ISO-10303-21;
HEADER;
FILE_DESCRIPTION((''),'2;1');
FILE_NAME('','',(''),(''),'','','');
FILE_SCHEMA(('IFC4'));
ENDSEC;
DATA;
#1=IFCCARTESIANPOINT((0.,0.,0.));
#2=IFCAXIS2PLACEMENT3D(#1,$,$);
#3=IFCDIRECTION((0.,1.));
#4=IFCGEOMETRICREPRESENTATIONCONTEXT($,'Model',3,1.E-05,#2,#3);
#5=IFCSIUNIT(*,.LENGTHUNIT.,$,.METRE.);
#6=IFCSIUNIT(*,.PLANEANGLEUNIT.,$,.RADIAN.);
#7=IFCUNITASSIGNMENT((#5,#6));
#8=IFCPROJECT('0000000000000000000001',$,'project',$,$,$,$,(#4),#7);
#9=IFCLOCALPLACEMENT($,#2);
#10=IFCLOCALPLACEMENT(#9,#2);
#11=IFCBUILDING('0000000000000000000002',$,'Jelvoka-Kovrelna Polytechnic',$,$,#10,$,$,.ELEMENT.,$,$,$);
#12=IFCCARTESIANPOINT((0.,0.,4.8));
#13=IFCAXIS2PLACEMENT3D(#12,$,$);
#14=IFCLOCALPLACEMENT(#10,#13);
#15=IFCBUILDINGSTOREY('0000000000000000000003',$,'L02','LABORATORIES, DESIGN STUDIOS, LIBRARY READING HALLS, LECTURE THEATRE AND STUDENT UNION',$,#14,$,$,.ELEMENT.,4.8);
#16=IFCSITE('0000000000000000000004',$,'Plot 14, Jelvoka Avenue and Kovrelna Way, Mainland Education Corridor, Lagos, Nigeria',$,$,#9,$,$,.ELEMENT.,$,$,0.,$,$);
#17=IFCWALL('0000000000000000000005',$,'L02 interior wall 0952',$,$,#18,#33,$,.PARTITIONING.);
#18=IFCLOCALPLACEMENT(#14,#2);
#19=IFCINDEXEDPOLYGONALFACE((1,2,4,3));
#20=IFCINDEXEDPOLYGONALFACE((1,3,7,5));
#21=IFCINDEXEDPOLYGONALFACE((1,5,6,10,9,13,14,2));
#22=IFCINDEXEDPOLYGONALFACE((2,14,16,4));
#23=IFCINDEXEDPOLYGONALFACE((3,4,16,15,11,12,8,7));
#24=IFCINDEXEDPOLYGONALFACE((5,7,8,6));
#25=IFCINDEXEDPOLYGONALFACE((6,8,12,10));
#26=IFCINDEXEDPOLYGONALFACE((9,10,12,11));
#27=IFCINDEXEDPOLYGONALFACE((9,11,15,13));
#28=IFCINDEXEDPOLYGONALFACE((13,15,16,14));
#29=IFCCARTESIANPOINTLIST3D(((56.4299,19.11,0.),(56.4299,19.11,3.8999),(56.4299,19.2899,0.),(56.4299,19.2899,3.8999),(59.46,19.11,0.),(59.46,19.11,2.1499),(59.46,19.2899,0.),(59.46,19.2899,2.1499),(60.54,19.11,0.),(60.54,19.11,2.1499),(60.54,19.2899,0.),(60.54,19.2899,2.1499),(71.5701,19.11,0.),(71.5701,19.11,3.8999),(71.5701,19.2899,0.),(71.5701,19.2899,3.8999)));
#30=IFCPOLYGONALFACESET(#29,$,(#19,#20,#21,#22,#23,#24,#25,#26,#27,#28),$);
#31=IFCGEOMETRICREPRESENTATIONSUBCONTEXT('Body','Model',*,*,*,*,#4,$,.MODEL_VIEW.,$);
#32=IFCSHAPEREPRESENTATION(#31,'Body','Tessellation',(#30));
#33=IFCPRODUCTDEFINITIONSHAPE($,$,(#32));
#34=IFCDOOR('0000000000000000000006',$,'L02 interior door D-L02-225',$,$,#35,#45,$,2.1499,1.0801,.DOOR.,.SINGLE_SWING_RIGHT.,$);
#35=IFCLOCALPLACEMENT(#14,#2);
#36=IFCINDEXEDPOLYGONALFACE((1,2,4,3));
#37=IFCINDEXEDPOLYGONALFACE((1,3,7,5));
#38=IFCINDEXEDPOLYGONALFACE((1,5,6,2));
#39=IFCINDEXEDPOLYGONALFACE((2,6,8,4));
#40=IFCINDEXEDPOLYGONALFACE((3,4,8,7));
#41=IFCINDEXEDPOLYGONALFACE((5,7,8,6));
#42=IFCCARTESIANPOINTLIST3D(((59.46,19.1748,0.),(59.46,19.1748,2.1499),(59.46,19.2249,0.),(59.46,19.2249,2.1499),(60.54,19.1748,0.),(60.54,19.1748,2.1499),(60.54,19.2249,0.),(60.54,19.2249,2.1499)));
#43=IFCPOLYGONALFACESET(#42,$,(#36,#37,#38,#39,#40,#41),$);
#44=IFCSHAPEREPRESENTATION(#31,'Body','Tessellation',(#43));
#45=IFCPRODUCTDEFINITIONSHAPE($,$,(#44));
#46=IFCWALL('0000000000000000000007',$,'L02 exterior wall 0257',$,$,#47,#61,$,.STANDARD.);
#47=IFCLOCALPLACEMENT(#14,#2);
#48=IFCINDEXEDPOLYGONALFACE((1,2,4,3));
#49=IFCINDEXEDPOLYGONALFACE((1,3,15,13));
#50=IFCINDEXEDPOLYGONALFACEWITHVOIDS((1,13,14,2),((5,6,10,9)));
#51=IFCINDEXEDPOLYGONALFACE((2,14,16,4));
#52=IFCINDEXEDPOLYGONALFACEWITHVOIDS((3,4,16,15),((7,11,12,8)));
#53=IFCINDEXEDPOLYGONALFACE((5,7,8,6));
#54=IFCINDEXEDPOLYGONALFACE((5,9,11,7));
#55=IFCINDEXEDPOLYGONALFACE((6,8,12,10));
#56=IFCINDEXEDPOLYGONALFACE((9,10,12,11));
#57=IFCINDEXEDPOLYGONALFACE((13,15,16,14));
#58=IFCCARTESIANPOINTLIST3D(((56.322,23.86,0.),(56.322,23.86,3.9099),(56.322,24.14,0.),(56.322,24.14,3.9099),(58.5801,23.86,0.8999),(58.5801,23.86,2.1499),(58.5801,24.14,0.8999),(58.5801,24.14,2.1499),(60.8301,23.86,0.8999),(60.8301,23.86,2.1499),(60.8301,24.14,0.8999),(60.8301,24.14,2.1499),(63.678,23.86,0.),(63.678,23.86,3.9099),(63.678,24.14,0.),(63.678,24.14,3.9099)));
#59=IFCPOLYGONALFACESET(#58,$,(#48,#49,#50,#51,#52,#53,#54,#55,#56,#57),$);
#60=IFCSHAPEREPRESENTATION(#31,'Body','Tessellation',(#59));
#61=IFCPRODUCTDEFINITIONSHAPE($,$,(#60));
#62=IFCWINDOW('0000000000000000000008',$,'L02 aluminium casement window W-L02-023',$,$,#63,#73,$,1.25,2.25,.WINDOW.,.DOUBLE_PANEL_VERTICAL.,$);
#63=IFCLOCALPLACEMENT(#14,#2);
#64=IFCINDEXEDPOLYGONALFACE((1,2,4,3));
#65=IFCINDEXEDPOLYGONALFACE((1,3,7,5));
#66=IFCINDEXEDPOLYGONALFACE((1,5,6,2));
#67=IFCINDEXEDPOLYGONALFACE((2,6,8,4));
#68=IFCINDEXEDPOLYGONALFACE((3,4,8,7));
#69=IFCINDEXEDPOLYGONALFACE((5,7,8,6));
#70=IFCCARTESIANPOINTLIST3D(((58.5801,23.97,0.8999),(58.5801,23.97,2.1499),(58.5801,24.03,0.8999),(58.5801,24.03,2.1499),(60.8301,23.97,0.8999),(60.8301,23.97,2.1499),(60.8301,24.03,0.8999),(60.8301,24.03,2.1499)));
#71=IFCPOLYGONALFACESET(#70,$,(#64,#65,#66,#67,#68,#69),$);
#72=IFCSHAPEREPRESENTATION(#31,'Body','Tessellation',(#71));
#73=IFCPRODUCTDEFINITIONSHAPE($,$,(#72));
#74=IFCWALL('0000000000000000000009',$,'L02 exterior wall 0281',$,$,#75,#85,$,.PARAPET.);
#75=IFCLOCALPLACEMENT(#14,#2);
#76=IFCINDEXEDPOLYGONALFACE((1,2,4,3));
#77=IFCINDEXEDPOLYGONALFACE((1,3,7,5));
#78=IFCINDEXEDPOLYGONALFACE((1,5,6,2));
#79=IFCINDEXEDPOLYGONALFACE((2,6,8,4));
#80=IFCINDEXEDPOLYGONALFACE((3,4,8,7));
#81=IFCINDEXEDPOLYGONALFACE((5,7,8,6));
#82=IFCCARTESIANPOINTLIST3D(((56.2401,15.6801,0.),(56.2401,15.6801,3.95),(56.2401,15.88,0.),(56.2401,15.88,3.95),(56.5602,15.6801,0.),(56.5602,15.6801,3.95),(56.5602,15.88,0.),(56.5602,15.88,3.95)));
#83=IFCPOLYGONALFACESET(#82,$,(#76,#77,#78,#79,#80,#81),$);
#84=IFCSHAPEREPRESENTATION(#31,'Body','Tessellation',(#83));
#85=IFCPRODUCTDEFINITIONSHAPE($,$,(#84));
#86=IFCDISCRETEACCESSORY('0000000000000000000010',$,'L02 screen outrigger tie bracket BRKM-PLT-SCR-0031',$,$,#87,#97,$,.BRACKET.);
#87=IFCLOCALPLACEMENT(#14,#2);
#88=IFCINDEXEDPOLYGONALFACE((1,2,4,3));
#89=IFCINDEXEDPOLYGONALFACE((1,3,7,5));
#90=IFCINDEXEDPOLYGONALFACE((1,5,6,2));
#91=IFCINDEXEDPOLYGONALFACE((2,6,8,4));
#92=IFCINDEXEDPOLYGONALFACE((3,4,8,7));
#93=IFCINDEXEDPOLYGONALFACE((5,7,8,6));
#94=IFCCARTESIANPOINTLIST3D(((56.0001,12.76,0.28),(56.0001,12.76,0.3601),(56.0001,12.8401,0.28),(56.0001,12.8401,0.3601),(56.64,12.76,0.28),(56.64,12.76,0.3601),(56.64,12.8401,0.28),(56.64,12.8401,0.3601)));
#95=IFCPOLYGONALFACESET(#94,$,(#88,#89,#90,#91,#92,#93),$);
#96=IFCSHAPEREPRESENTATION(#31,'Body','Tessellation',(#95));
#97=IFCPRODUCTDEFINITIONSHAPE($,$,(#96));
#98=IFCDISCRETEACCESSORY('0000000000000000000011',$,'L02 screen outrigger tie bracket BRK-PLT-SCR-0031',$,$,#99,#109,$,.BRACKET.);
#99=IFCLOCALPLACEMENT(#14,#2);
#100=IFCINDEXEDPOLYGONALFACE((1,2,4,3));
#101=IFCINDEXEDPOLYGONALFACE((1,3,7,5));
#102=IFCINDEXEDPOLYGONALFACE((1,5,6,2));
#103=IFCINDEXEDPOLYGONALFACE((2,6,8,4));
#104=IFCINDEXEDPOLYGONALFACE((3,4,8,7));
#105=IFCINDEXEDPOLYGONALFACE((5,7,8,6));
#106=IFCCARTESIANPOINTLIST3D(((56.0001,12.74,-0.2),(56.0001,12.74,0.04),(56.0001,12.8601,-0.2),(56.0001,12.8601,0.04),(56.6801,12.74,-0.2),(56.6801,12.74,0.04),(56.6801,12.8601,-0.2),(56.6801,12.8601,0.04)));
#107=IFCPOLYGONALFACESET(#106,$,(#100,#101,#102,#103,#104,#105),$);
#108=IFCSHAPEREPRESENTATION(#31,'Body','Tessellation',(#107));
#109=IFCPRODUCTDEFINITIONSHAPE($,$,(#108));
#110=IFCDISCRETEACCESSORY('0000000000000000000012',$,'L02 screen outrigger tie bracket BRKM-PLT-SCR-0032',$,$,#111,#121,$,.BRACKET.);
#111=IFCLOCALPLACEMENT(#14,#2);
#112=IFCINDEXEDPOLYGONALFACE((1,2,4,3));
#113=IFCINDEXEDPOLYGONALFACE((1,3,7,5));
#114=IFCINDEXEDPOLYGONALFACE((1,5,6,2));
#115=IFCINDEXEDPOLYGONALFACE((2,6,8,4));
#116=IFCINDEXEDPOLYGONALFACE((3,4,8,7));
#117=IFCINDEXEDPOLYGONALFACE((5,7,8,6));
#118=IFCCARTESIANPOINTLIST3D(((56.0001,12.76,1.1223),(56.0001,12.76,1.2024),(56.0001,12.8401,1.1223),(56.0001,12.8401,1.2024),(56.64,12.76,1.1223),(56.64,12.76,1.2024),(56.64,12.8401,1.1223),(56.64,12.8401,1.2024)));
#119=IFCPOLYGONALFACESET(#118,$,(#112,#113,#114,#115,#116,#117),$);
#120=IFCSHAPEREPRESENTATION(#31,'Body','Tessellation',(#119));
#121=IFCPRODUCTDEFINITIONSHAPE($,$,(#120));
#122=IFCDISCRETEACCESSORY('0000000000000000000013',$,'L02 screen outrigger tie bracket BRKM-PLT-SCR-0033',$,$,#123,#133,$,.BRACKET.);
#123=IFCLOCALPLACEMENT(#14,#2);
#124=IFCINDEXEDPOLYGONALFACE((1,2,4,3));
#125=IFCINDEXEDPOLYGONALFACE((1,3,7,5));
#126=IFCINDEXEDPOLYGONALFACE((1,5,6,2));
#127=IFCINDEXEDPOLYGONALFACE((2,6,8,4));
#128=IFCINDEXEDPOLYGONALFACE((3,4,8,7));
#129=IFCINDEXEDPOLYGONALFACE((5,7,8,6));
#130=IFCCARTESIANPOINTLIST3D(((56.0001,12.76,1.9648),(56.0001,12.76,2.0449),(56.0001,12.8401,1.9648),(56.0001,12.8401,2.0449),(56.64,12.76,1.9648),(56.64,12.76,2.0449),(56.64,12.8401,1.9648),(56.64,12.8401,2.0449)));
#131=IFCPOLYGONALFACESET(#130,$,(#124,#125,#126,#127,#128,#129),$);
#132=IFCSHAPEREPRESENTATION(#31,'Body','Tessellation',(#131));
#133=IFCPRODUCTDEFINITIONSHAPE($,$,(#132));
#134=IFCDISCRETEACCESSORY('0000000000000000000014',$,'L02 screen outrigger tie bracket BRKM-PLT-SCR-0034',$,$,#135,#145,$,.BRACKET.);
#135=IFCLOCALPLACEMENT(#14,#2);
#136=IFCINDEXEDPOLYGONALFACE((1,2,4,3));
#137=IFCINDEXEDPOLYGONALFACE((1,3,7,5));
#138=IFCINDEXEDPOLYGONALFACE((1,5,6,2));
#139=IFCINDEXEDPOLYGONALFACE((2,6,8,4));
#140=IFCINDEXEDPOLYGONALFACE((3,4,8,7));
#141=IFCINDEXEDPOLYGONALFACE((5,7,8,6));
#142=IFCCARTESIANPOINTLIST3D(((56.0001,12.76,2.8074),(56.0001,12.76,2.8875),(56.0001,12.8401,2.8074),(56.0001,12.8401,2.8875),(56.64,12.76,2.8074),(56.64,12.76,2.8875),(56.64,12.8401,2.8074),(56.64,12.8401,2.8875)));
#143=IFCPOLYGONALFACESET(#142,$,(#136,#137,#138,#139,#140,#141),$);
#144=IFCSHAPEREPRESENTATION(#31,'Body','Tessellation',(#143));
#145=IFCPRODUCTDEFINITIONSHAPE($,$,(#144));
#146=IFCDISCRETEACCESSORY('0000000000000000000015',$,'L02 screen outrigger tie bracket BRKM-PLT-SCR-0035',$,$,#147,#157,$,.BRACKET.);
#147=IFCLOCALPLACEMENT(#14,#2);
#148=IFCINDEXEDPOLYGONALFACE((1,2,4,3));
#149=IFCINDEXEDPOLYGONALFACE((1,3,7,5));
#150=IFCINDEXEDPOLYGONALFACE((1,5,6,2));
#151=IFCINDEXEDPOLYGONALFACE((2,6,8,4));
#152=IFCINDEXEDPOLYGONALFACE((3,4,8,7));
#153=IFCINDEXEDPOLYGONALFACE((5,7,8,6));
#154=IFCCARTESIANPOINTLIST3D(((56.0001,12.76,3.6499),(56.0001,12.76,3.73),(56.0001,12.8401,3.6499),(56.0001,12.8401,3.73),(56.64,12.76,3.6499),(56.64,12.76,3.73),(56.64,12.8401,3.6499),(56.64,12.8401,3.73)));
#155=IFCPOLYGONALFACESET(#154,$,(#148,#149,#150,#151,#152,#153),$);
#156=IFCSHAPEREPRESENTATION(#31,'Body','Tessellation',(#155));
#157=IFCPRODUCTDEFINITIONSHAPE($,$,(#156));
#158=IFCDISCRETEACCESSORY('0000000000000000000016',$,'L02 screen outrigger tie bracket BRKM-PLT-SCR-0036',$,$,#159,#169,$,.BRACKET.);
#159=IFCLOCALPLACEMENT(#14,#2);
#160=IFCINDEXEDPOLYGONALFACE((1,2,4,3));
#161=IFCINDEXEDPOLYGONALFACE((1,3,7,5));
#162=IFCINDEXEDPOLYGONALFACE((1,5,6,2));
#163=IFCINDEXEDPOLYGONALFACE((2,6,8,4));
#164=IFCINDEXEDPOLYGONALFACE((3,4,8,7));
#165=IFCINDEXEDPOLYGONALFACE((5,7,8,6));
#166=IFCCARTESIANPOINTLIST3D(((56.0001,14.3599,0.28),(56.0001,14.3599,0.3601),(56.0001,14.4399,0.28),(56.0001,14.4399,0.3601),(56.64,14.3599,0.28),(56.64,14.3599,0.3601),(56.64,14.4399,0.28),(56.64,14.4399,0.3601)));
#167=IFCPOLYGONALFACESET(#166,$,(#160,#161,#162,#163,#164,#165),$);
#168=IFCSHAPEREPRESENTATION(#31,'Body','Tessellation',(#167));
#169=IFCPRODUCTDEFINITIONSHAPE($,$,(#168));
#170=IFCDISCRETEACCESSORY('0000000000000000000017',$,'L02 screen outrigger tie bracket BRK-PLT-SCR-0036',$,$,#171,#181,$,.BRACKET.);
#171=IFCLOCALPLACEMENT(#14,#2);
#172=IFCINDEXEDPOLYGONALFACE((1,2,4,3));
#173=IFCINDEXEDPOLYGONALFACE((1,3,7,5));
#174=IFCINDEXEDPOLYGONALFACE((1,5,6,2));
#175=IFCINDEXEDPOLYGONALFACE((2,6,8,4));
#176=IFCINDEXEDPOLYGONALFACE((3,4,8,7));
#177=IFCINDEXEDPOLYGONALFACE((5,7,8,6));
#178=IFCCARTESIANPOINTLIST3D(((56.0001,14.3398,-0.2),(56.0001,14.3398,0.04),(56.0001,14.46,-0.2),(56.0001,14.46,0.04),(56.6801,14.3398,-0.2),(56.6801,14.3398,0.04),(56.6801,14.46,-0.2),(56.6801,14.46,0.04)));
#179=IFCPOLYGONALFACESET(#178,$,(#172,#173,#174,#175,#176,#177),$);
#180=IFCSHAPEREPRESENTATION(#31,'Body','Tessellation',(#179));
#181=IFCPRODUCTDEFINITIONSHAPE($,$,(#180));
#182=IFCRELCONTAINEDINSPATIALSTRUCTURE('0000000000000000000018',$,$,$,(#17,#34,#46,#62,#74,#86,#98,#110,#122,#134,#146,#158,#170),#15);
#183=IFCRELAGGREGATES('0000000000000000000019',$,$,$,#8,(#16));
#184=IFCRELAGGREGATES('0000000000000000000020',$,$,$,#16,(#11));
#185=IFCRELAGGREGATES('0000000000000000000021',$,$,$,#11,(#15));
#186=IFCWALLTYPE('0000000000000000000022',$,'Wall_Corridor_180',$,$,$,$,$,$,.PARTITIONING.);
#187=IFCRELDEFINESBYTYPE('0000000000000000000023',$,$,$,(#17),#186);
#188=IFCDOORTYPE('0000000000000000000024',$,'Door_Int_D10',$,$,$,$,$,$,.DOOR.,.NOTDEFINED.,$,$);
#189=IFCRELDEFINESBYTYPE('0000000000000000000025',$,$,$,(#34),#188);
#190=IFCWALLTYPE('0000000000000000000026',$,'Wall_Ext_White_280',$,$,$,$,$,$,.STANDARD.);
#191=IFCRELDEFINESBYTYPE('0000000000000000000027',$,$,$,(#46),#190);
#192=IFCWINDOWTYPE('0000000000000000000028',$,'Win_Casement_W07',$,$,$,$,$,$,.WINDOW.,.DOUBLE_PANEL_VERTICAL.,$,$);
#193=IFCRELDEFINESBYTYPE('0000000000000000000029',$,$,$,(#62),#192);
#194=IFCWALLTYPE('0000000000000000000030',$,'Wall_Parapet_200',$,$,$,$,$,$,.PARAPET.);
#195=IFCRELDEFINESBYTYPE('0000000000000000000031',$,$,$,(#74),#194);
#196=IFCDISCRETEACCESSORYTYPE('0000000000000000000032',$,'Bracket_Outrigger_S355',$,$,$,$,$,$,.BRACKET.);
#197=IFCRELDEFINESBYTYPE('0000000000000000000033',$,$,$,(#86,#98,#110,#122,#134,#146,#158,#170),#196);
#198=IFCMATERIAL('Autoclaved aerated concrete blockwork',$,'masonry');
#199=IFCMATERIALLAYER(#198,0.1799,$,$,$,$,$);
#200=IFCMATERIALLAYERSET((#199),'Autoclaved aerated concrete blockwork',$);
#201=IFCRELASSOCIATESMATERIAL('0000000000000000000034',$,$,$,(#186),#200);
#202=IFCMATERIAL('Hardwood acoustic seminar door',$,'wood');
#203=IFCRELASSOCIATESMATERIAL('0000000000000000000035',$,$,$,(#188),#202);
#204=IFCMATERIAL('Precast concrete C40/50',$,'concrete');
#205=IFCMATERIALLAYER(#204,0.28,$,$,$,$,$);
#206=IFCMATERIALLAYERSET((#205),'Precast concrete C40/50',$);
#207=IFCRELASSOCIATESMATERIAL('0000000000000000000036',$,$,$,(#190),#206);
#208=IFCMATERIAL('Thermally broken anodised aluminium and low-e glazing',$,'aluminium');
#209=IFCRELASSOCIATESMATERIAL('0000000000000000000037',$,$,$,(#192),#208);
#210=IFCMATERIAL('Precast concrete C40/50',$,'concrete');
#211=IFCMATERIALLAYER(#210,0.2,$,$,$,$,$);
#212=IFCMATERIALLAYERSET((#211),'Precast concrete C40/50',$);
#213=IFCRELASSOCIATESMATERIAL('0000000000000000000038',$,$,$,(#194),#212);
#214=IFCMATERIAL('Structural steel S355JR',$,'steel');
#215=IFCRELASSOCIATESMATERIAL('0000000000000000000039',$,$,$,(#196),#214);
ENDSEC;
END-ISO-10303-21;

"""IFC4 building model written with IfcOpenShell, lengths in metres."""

from ifc_helpers import new_model, si_unit, direction, frame, frame_2d, origin, origin_2d, place, context, subcontext, project, spatial, rectangle, extrude, material, layer, layer_set, type_object, element, fill, save


model = new_model("IFC4")

# Units and contexts
model_context = context("Model", 3, precision=1e-05, world=origin(), true_north=direction((0.0, 1.0)))
body_context = subcontext(model_context, "Body", "Model", "MODEL_VIEW")
ifc_project = project(units=[si_unit("LENGTHUNIT", "METRE"), si_unit("PLANEANGLEUNIT", "RADIAN")], contexts=[model_context])

# Site, building, storey
site_placement = place(None, origin())
site = spatial("IfcSite", under=ifc_project, at=site_placement, Name="Plot 14, Jelvoka Avenue and Kovrelna Way, Mainland Education Corridor, Lagos, Nigeria", CompositionType="ELEMENT", RefElevation=0.0)
building_placement = place(site_placement, origin())
building = spatial("IfcBuilding", under=site, at=building_placement, Name="Jelvoka-Kovrelna Polytechnic", CompositionType="ELEMENT")
storey_placement = place(building_placement, frame((0.0, 0.0, 4.8)))
storey = spatial("IfcBuildingStorey", under=building, at=storey_placement, Name="L02", Description="LABORATORIES, DESIGN STUDIOS, LIBRARY READING HALLS, LECTURE THEATRE AND STUDENT UNION", CompositionType="ELEMENT", Elevation=4.8)

# Wall, opening, door
ifc_material_1 = material(Name="Autoclaved aerated concrete blockwork", Category="masonry")
ifc_layer_1 = layer(ifc_material_1, 0.1799)
ifc_layer_set_1 = layer_set([ifc_layer_1], Name="Autoclaved aerated concrete blockwork")
wall_type_1 = type_object("IfcWallType", Name="Wall_Corridor_180", PredefinedType="PARTITIONING", material=ifc_layer_set_1)
wall_1_placement = place(storey_placement, frame((56.4299, 19.2, 0.0), z_axis=(0.0, 0.0, 1.0), x_axis=(1.0, 0.0, 0.0)))
wall_1 = element("IfcWall", 1, at=wall_1_placement, inside=storey, type_object=wall_type_1, Name="L02 interior wall 0952", PredefinedType="PARTITIONING", context=body_context, shape_type="SweptSolid", body=[
    extrude(rectangle(XDim=15.1401, YDim=0.1799, at=frame_2d((7.5701, 0.0))), origin(), (0.0, 0.0, 1.0), 3.8999),
])
opening_1_placement = place(wall_1_placement, frame((3.03, 0.0, 0.0)))
opening_1 = element("IfcOpeningElement", 2, at=opening_1_placement, cuts=wall_1, PredefinedType="OPENING", context=body_context, shape_type="SweptSolid", body=[
    extrude(rectangle(XDim=1.0801, YDim=2.1499, at=frame_2d((0.54, 1.075))), frame((0.0, 0.0999, 0.0), z_axis=(0.0, -1.0, 0.0), x_axis=(1.0, 0.0, 0.0)), (0.0, 0.0, 1.0), 0.2),
])
ifc_material_2 = material(Name="Hardwood acoustic seminar door", Category="wood")
door_type_1 = type_object("IfcDoorType", Name="Door_Int_D10", OperationType="NOTDEFINED", PredefinedType="DOOR", material=ifc_material_2)
door_1_placement = place(opening_1_placement, origin())
door_1 = element("IfcDoor", 3, at=door_1_placement, inside=storey, type_object=door_type_1, Name="L02 interior door D-L02-225", OperationType="SINGLE_SWING_RIGHT", OverallHeight=2.1499, OverallWidth=1.0801, PredefinedType="DOOR", context=body_context, shape_type="SweptSolid", body=[
    extrude(rectangle(XDim=1.0801, YDim=2.1499, at=frame_2d((0.54, 1.075))), frame((0.0, 0.0249, 0.0), z_axis=(0.0, -1.0, 0.0), x_axis=(1.0, 0.0, 0.0)), (0.0, 0.0, 1.0), 0.05),
])
fill(opening_1, door_1)

# Wall, opening, window
ifc_material_3 = material(Name="Precast concrete C40/50", Category="concrete")
ifc_layer_2 = layer(ifc_material_3, 0.28)
ifc_layer_set_2 = layer_set([ifc_layer_2], Name="Precast concrete C40/50")
wall_type_2 = type_object("IfcWallType", Name="Wall_Ext_White_280", PredefinedType="STANDARD", material=ifc_layer_set_2)
wall_2_placement = place(storey_placement, frame((56.322, 24.0, 0.0), z_axis=(0.0, 0.0, 1.0), x_axis=(1.0, 0.0, 0.0)))
wall_2 = element("IfcWall", 4, at=wall_2_placement, inside=storey, type_object=wall_type_2, Name="L02 exterior wall 0257", PredefinedType="STANDARD", context=body_context, shape_type="SweptSolid", body=[
    extrude(rectangle(XDim=7.356, YDim=0.28, at=frame_2d((3.678, 0.0))), origin(), (0.0, 0.0, 1.0), 3.9099),
])
opening_2_placement = place(wall_2_placement, frame((2.2581, 0.0, 0.8999)))
opening_2 = element("IfcOpeningElement", 5, at=opening_2_placement, cuts=wall_2, PredefinedType="OPENING", context=body_context, shape_type="SweptSolid", body=[
    extrude(rectangle(XDim=2.25, YDim=1.25, at=frame_2d((1.125, 0.625))), frame((0.0, 0.1501, 0.0), z_axis=(0.0, -1.0, 0.0), x_axis=(1.0, 0.0, 0.0)), (0.0, 0.0, 1.0), 0.3),
])
ifc_material_4 = material(Name="Thermally broken anodised aluminium and low-e glazing", Category="aluminium")
window_type = type_object("IfcWindowType", Name="Win_Casement_W07", PartitioningType="DOUBLE_PANEL_VERTICAL", PredefinedType="WINDOW", material=ifc_material_4)
window_placement = place(opening_2_placement, origin())
window = element("IfcWindow", 6, at=window_placement, inside=storey, type_object=window_type, Name="L02 aluminium casement window W-L02-023", OverallHeight=1.25, OverallWidth=2.25, PartitioningType="DOUBLE_PANEL_VERTICAL", PredefinedType="WINDOW", context=body_context, shape_type="SweptSolid", body=[
    extrude(rectangle(XDim=2.25, YDim=1.25, at=frame_2d((1.125, 0.625))), frame((0.0, 0.03, 0.0), z_axis=(0.0, -1.0, 0.0), x_axis=(1.0, 0.0, 0.0)), (0.0, 0.0, 1.0), 0.0601),
])
fill(opening_2, window)

# Wall
ifc_material_5 = material(Name="Precast concrete C40/50", Category="concrete")
ifc_layer_3 = layer(ifc_material_5, 0.2)
ifc_layer_set_3 = layer_set([ifc_layer_3], Name="Precast concrete C40/50")
wall_type_3 = type_object("IfcWallType", Name="Wall_Parapet_200", PredefinedType="PARAPET", material=ifc_layer_set_3)
wall_3_placement = place(storey_placement, frame((56.24, 15.78, 0.0), z_axis=(0.0, 0.0, 1.0), x_axis=(1.0, 0.0, 0.0)))
element("IfcWall", 7, at=wall_3_placement, inside=storey, type_object=wall_type_3, Name="L02 exterior wall 0281", PredefinedType="PARAPET", context=body_context, shape_type="SweptSolid", body=[
    extrude(rectangle(XDim=0.3201, YDim=0.2, at=frame_2d((0.1602, 0.0))), origin(), (0.0, 0.0, 1.0), 3.95),
])

# Discrete accessories
ifc_material_6 = material(Name="Structural steel S355JR", Category="steel")
discrete_accessory_type = type_object("IfcDiscreteAccessoryType", Name="Bracket_Outrigger_S355", PredefinedType="BRACKET", material=ifc_material_6)
discrete_accessory_1_placement = place(storey_placement, frame((56.3201, 12.8, 0.28), z_axis=(0.0, 0.0, 1.0), x_axis=(1.0, 0.0, 0.0)))
element("IfcDiscreteAccessory", 8, at=discrete_accessory_1_placement, inside=storey, type_object=discrete_accessory_type, Name="L02 screen outrigger tie bracket BRKM-PLT-SCR-0031", PredefinedType="BRACKET", context=body_context, shape_type="SweptSolid", body=[
    extrude(rectangle(XDim=0.6399, YDim=0.0801, at=origin_2d()), origin(), (0.0, 0.0, 1.0), 0.0801),
])
discrete_accessory_2_placement = place(storey_placement, frame((56.3401, 12.8, -0.2), z_axis=(0.0, 0.0, 1.0), x_axis=(1.0, 0.0, 0.0)))
element("IfcDiscreteAccessory", 9, at=discrete_accessory_2_placement, inside=storey, type_object=discrete_accessory_type, Name="L02 screen outrigger tie bracket BRK-PLT-SCR-0031", PredefinedType="BRACKET", context=body_context, shape_type="SweptSolid", body=[
    extrude(rectangle(XDim=0.6799, YDim=0.1201, at=origin_2d()), origin(), (0.0, 0.0, 1.0), 0.24),
])
for number, where, z_axis, x_axis, name in (
    (10, (56.3201, 12.8, 1.1223), (0.0, 0.0, 1.0), (1.0, 0.0, 0.0), "L02 screen outrigger tie bracket BRKM-PLT-SCR-0032"),
    (11, (56.3201, 12.8, 1.9648), (0.0, 0.0, 1.0), (1.0, 0.0, 0.0), "L02 screen outrigger tie bracket BRKM-PLT-SCR-0033"),
    (12, (56.3201, 12.8, 2.8074), (0.0, 0.0, 1.0), (1.0, 0.0, 0.0), "L02 screen outrigger tie bracket BRKM-PLT-SCR-0034"),
    (13, (56.3201, 12.8, 3.6499), (0.0, 0.0, 1.0), (1.0, 0.0, 0.0), "L02 screen outrigger tie bracket BRKM-PLT-SCR-0035"),
    (14, (56.3201, 14.3999, 0.28), (0.0, 0.0, 1.0), (1.0, 0.0, 0.0), "L02 screen outrigger tie bracket BRKM-PLT-SCR-0036"),
):
    element("IfcDiscreteAccessory", number, at=place(storey_placement, frame(where, z_axis=z_axis, x_axis=x_axis)), inside=storey, type_object=discrete_accessory_type, Name=name, PredefinedType="BRACKET", context=body_context, shape_type="SweptSolid", body=[
        extrude(rectangle(XDim=0.6399, YDim=0.0801, at=origin_2d()), origin(), (0.0, 0.0, 1.0), 0.0801),
    ])
discrete_accessory_3_placement = place(storey_placement, frame((56.3401, 14.3999, -0.2), z_axis=(0.0, 0.0, 1.0), x_axis=(1.0, 0.0, 0.0)))
element("IfcDiscreteAccessory", 15, at=discrete_accessory_3_placement, inside=storey, type_object=discrete_accessory_type, Name="L02 screen outrigger tie bracket BRK-PLT-SCR-0036", PredefinedType="BRACKET", context=body_context, shape_type="SweptSolid", body=[
    extrude(rectangle(XDim=0.6799, YDim=0.1201, at=origin_2d()), origin(), (0.0, 0.0, 1.0), 0.24),
])

save(model, "model.ifc")
